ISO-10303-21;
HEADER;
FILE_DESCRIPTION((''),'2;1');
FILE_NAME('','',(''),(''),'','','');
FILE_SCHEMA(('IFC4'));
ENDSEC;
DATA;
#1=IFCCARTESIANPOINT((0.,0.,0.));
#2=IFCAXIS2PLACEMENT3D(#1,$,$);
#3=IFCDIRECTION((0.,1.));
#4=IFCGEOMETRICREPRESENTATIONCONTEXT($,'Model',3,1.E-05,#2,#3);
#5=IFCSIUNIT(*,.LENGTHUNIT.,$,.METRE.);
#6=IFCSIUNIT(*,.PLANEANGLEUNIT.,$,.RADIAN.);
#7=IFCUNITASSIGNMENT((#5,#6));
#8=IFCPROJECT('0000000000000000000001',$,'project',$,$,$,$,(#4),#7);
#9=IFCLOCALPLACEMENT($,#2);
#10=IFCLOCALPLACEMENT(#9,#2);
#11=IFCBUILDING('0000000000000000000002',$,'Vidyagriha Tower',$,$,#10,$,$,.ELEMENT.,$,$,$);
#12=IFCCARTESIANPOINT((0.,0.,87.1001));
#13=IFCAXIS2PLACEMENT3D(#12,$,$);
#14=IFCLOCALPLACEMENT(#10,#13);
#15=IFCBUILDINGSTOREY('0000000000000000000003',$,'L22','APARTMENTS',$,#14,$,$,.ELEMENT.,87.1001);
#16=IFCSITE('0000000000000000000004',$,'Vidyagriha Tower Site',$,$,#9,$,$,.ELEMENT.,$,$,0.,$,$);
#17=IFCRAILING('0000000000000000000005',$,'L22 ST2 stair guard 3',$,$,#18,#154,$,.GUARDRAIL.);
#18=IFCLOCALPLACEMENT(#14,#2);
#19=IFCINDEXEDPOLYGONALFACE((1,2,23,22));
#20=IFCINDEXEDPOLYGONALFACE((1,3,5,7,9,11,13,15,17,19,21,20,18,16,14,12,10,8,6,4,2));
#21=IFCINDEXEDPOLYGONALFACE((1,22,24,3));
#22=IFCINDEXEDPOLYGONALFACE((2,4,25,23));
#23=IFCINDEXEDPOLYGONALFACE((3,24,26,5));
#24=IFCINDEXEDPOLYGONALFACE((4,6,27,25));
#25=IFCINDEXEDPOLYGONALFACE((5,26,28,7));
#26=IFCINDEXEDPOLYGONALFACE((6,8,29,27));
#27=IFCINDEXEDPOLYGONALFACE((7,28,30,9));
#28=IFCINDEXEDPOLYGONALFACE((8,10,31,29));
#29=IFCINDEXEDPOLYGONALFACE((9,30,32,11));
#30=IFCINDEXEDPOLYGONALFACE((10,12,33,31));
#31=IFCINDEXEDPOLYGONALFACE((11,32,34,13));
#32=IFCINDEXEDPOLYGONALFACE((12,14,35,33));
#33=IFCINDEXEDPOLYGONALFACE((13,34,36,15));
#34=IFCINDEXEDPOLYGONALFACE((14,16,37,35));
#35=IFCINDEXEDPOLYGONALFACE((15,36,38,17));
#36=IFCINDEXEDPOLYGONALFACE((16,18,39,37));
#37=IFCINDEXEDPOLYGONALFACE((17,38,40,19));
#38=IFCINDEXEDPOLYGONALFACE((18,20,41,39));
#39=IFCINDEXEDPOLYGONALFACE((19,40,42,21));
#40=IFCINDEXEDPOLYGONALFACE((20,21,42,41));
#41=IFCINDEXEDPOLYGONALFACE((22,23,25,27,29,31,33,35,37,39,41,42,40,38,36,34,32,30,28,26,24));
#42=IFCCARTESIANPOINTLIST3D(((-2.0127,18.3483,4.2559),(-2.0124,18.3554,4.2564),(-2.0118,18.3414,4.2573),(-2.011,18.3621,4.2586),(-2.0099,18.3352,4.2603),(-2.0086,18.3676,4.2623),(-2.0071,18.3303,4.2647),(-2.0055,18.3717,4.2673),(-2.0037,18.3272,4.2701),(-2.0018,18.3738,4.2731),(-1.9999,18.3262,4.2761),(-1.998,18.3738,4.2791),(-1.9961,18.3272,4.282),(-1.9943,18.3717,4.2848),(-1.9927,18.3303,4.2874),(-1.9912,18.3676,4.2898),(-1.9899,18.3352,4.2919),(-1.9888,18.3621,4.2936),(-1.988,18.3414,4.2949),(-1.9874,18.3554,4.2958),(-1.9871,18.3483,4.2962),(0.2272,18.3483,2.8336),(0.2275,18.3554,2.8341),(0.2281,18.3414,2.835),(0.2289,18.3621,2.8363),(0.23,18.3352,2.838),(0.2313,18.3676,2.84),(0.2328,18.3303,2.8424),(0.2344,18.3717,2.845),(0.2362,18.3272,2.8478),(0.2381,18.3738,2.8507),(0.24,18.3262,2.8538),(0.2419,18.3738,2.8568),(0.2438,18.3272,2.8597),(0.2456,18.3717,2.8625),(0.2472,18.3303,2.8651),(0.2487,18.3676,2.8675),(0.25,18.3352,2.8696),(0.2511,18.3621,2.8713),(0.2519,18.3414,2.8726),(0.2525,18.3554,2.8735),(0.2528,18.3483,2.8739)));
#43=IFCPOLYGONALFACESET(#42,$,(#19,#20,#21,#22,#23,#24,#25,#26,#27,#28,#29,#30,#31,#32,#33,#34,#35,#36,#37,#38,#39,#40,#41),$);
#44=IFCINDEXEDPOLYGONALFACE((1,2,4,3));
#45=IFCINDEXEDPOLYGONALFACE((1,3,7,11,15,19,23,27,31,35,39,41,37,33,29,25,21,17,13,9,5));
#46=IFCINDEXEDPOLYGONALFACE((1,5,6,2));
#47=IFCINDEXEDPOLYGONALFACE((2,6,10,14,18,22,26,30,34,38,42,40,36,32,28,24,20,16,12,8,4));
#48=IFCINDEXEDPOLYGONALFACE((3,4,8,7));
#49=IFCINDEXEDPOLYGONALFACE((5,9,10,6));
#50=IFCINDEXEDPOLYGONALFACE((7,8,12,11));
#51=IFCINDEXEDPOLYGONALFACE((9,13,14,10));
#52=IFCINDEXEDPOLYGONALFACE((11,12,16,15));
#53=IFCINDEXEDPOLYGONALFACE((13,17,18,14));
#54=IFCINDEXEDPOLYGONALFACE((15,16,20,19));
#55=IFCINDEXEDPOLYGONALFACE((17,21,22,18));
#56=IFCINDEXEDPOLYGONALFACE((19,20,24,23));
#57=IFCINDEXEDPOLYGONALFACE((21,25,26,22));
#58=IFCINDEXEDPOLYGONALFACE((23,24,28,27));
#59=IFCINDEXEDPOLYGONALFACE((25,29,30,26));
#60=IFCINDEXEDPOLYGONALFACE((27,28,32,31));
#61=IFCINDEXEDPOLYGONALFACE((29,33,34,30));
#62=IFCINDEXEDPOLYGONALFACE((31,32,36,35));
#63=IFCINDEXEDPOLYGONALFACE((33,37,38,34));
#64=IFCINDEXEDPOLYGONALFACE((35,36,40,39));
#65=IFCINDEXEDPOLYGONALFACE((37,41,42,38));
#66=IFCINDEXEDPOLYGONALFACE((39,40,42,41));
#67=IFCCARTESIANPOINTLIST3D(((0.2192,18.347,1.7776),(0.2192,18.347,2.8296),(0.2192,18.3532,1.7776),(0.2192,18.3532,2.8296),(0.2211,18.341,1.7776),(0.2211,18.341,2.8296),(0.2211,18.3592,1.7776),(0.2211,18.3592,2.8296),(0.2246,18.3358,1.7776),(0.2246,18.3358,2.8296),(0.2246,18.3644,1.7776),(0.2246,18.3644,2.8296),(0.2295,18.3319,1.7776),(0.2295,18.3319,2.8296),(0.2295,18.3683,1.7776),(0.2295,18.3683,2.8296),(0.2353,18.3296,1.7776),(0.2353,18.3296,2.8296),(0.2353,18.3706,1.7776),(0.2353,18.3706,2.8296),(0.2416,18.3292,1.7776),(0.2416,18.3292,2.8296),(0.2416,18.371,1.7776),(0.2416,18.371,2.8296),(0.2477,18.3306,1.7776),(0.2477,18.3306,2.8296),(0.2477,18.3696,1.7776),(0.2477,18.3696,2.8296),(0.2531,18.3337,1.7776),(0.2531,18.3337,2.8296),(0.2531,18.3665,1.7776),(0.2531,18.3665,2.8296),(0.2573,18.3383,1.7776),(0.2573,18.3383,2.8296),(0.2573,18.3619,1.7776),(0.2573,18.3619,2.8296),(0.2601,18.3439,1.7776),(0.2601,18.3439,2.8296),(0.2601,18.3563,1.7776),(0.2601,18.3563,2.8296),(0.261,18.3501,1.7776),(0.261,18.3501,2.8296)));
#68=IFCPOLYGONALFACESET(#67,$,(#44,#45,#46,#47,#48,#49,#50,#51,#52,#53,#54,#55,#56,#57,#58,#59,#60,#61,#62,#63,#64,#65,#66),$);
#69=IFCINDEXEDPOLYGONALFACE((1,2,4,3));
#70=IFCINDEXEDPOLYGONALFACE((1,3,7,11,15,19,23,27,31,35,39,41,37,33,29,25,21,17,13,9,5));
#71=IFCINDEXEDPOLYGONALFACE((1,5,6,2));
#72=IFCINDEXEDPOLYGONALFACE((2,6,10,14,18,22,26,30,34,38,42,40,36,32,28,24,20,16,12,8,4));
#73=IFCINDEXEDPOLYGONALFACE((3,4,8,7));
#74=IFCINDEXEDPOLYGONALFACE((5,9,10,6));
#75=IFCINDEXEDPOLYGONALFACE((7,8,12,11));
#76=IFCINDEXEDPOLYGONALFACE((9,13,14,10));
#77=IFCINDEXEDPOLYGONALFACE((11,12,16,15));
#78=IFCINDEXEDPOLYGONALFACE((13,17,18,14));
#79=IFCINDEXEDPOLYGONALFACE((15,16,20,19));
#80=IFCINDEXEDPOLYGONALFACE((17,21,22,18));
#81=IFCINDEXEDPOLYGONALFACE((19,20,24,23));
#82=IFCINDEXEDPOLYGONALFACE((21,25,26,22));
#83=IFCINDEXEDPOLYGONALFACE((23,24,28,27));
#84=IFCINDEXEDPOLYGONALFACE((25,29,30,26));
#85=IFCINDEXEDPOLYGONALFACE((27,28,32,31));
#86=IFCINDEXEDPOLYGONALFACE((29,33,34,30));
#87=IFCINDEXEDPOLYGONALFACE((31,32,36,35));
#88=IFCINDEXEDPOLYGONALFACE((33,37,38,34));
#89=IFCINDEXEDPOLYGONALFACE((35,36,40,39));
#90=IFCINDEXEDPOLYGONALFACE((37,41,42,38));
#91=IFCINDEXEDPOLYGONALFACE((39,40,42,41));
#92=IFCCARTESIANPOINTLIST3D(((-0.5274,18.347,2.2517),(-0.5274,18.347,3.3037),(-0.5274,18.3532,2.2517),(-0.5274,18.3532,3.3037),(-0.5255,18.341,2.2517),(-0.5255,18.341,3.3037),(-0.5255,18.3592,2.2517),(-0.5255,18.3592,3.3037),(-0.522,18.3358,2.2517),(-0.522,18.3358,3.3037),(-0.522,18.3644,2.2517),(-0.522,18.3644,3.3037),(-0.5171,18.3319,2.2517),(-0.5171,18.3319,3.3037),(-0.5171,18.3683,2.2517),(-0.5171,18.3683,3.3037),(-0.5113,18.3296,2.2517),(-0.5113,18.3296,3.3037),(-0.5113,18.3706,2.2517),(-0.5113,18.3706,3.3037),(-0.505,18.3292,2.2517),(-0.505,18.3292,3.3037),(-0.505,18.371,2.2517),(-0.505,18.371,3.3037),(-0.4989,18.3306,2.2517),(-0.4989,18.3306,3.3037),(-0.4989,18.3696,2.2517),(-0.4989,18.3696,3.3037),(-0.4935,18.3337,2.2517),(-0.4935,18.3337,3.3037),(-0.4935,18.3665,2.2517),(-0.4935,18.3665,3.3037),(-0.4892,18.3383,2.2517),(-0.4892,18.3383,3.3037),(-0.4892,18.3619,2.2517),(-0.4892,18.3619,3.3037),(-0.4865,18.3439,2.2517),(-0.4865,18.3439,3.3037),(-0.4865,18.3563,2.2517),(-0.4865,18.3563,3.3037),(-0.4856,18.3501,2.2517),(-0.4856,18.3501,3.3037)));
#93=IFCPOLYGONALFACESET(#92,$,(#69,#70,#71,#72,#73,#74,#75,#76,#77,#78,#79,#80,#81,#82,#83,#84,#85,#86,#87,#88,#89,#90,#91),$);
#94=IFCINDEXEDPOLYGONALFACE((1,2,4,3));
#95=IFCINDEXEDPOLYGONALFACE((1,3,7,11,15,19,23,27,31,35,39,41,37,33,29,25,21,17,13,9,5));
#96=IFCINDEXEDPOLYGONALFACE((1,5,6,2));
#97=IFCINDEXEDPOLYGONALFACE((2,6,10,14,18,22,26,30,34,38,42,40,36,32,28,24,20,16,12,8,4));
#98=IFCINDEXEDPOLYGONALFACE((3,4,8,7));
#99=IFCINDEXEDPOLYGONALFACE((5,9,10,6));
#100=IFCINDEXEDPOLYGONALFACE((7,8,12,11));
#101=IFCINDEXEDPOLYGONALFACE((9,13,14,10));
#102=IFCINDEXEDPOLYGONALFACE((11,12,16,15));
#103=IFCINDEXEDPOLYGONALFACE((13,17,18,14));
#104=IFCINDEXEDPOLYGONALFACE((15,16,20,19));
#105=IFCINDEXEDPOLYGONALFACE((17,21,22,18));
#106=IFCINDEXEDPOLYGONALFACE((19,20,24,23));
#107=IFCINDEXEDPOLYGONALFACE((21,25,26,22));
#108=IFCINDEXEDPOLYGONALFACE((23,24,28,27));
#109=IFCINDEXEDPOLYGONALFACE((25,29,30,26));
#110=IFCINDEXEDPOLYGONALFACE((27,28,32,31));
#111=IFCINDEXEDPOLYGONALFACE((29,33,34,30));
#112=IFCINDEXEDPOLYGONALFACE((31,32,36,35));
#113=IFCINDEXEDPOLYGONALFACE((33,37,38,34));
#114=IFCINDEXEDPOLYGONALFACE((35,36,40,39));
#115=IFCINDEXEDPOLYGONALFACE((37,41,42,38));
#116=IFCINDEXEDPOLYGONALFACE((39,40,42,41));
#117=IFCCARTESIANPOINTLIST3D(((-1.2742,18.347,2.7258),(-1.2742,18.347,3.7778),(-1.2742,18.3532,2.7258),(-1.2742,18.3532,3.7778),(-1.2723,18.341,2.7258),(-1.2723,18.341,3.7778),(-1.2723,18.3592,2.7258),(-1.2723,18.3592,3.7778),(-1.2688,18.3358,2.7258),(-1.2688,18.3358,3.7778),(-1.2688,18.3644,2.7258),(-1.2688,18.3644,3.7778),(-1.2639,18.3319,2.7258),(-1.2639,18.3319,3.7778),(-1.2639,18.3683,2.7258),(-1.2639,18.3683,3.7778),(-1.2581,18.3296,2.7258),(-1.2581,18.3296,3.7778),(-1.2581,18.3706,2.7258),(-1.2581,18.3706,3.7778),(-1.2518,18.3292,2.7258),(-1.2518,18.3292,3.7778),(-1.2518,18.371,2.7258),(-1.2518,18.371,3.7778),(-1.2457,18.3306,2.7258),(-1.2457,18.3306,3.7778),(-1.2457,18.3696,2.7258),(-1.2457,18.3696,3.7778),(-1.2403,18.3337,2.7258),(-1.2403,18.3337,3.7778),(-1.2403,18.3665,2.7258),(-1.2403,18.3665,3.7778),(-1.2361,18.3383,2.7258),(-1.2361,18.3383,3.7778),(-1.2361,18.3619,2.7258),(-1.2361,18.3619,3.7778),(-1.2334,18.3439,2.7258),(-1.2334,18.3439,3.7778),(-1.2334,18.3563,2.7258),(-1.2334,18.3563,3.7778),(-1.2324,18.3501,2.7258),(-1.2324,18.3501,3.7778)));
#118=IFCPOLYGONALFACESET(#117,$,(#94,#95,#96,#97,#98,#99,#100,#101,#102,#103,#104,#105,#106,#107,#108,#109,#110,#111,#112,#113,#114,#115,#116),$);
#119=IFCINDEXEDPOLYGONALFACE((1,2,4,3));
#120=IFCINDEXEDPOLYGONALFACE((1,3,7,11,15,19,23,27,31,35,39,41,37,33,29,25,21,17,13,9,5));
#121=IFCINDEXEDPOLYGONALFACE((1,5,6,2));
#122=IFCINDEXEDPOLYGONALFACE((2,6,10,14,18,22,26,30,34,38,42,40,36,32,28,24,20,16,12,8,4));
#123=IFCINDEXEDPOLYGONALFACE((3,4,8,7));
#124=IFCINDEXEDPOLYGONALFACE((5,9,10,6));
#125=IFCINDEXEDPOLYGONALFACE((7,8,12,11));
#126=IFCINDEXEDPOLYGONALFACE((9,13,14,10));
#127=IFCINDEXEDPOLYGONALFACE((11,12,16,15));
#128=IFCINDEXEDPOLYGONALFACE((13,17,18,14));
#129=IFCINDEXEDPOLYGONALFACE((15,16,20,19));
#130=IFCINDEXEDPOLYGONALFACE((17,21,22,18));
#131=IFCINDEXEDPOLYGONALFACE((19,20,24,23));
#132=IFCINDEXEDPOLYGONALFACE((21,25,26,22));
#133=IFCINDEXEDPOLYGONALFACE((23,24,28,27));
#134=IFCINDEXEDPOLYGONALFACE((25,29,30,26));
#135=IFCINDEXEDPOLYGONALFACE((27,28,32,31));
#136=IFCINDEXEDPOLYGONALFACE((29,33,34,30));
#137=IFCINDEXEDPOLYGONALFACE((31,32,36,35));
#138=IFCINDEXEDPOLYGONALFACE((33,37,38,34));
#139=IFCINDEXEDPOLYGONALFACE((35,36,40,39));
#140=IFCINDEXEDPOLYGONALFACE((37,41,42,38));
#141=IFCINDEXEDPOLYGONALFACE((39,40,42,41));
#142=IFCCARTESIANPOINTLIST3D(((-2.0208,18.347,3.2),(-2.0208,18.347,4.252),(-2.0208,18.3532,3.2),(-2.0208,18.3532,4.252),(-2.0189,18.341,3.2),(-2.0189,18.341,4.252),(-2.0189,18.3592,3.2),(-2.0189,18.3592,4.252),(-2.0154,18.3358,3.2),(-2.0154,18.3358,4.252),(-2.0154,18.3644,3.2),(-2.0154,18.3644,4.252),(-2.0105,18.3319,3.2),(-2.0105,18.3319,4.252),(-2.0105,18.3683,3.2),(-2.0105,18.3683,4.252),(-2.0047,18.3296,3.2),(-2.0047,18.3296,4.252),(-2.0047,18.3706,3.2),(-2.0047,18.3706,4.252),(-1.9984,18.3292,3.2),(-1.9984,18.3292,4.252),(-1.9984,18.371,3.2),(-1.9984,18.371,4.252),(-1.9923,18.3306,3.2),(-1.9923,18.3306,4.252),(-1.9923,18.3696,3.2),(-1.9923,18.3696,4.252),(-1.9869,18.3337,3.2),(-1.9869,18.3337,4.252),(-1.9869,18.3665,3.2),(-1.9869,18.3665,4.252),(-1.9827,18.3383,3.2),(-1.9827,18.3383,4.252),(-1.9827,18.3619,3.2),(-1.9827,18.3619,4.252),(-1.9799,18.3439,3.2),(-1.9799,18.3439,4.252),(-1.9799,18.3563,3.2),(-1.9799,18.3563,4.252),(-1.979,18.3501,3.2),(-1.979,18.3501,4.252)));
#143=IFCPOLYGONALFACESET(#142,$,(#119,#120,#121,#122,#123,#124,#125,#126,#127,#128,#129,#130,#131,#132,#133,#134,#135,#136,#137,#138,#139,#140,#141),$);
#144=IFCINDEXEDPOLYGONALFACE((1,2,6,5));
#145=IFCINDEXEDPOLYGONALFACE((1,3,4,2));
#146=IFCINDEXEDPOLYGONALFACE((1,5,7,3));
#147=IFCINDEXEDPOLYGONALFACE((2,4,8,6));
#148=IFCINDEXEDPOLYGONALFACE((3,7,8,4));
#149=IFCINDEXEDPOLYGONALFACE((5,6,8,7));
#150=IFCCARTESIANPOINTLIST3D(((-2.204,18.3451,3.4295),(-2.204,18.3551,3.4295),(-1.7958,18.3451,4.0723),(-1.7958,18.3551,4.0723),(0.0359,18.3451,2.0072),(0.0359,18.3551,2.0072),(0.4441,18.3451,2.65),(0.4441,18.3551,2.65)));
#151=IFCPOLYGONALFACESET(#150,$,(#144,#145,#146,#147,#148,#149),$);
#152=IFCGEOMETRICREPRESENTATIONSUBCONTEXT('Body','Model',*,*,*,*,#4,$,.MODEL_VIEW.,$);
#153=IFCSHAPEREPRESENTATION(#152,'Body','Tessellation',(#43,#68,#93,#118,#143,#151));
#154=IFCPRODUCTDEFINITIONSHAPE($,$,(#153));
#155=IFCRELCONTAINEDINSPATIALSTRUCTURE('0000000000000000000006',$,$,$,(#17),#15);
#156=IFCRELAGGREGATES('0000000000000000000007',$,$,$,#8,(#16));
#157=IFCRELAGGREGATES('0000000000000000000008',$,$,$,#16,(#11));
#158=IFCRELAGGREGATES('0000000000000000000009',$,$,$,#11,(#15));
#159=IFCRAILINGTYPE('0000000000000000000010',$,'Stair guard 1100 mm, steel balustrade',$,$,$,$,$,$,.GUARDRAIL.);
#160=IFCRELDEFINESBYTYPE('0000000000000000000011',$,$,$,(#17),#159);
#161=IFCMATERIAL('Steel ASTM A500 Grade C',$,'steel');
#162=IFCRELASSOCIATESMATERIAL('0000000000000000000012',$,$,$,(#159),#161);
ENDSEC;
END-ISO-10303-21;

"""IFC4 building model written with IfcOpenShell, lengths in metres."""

from ifc_helpers import new_model, si_unit, direction, frame, origin, origin_2d, place, context, subcontext, project, spatial, rectangle, circle, extrude, material, type_object, element, save


model = new_model("IFC4")

# Units and contexts
model_context = context("Model", 3, precision=1e-05, world=origin(), true_north=direction((0.0, 1.0)))
body_context = subcontext(model_context, "Body", "Model", "MODEL_VIEW")
ifc_project = project(units=[si_unit("LENGTHUNIT", "METRE"), si_unit("PLANEANGLEUNIT", "RADIAN")], contexts=[model_context])

# Site, building, storey
site_placement = place(None, origin())
site = spatial("IfcSite", under=ifc_project, at=site_placement, Name="Vidyagriha Tower Site", CompositionType="ELEMENT", RefElevation=0.0)
building_placement = place(site_placement, origin())
building = spatial("IfcBuilding", under=site, at=building_placement, Name="Vidyagriha Tower", CompositionType="ELEMENT")
storey_placement = place(building_placement, frame((0.0, 0.0, 87.1001)))
storey = spatial("IfcBuildingStorey", under=building, at=storey_placement, Name="L22", Description="APARTMENTS", CompositionType="ELEMENT", Elevation=87.1001)

# Railing
ifc_material_1 = material(Name="Steel ASTM A500 Grade C", Category="steel")
railing_type_1 = type_object("IfcRailingType", Name="Stair guard 1100 mm, steel balustrade", PredefinedType="GUARDRAIL", material=ifc_material_1)
railing_1_placement = place(storey_placement, frame((0.24, 18.3501, 1.7776)))
element("IfcRailing", 1, at=railing_1_placement, inside=storey, type_object=railing_type_1, Name="L22 ST2 stair guard 3", PredefinedType="GUARDRAIL", context=body_context, shape_type="SweptSolid", body=[
    extrude(circle(Radius=0.0239, at=origin_2d()), frame((0.0, 0.0, 1.0762), z_axis=(-0.844188, 0.0, 0.536048), x_axis=(0.0, -1.0, 0.0)), (0.0, 0.0, 1.0), 2.6533),
    extrude(circle(Radius=0.021, at=origin_2d()), origin(), (0.0, 0.0, 1.0), 1.052),
    extrude(circle(Radius=0.021, at=origin_2d()), frame((-0.7466, 0.0, 0.4741)), (0.0, 0.0, 1.0), 1.052),
    extrude(circle(Radius=0.021, at=origin_2d()), frame((-1.4934, 0.0, 0.9482)), (0.0, 0.0, 1.0), 1.052),
    extrude(circle(Radius=0.021, at=origin_2d()), frame((-2.24, 0.0, 1.4224)), (0.0, 0.0, 1.0), 1.052),
    extrude(rectangle(XDim=0.01, YDim=0.7615, at=origin_2d()), frame((0.0, 0.0, 0.551), z_axis=(-0.844188, 0.0, 0.536048), x_axis=(0.0, -1.0, 0.0)), (0.0, 0.0, 1.0), 2.6533),
])

save(model, "model.ifc")
